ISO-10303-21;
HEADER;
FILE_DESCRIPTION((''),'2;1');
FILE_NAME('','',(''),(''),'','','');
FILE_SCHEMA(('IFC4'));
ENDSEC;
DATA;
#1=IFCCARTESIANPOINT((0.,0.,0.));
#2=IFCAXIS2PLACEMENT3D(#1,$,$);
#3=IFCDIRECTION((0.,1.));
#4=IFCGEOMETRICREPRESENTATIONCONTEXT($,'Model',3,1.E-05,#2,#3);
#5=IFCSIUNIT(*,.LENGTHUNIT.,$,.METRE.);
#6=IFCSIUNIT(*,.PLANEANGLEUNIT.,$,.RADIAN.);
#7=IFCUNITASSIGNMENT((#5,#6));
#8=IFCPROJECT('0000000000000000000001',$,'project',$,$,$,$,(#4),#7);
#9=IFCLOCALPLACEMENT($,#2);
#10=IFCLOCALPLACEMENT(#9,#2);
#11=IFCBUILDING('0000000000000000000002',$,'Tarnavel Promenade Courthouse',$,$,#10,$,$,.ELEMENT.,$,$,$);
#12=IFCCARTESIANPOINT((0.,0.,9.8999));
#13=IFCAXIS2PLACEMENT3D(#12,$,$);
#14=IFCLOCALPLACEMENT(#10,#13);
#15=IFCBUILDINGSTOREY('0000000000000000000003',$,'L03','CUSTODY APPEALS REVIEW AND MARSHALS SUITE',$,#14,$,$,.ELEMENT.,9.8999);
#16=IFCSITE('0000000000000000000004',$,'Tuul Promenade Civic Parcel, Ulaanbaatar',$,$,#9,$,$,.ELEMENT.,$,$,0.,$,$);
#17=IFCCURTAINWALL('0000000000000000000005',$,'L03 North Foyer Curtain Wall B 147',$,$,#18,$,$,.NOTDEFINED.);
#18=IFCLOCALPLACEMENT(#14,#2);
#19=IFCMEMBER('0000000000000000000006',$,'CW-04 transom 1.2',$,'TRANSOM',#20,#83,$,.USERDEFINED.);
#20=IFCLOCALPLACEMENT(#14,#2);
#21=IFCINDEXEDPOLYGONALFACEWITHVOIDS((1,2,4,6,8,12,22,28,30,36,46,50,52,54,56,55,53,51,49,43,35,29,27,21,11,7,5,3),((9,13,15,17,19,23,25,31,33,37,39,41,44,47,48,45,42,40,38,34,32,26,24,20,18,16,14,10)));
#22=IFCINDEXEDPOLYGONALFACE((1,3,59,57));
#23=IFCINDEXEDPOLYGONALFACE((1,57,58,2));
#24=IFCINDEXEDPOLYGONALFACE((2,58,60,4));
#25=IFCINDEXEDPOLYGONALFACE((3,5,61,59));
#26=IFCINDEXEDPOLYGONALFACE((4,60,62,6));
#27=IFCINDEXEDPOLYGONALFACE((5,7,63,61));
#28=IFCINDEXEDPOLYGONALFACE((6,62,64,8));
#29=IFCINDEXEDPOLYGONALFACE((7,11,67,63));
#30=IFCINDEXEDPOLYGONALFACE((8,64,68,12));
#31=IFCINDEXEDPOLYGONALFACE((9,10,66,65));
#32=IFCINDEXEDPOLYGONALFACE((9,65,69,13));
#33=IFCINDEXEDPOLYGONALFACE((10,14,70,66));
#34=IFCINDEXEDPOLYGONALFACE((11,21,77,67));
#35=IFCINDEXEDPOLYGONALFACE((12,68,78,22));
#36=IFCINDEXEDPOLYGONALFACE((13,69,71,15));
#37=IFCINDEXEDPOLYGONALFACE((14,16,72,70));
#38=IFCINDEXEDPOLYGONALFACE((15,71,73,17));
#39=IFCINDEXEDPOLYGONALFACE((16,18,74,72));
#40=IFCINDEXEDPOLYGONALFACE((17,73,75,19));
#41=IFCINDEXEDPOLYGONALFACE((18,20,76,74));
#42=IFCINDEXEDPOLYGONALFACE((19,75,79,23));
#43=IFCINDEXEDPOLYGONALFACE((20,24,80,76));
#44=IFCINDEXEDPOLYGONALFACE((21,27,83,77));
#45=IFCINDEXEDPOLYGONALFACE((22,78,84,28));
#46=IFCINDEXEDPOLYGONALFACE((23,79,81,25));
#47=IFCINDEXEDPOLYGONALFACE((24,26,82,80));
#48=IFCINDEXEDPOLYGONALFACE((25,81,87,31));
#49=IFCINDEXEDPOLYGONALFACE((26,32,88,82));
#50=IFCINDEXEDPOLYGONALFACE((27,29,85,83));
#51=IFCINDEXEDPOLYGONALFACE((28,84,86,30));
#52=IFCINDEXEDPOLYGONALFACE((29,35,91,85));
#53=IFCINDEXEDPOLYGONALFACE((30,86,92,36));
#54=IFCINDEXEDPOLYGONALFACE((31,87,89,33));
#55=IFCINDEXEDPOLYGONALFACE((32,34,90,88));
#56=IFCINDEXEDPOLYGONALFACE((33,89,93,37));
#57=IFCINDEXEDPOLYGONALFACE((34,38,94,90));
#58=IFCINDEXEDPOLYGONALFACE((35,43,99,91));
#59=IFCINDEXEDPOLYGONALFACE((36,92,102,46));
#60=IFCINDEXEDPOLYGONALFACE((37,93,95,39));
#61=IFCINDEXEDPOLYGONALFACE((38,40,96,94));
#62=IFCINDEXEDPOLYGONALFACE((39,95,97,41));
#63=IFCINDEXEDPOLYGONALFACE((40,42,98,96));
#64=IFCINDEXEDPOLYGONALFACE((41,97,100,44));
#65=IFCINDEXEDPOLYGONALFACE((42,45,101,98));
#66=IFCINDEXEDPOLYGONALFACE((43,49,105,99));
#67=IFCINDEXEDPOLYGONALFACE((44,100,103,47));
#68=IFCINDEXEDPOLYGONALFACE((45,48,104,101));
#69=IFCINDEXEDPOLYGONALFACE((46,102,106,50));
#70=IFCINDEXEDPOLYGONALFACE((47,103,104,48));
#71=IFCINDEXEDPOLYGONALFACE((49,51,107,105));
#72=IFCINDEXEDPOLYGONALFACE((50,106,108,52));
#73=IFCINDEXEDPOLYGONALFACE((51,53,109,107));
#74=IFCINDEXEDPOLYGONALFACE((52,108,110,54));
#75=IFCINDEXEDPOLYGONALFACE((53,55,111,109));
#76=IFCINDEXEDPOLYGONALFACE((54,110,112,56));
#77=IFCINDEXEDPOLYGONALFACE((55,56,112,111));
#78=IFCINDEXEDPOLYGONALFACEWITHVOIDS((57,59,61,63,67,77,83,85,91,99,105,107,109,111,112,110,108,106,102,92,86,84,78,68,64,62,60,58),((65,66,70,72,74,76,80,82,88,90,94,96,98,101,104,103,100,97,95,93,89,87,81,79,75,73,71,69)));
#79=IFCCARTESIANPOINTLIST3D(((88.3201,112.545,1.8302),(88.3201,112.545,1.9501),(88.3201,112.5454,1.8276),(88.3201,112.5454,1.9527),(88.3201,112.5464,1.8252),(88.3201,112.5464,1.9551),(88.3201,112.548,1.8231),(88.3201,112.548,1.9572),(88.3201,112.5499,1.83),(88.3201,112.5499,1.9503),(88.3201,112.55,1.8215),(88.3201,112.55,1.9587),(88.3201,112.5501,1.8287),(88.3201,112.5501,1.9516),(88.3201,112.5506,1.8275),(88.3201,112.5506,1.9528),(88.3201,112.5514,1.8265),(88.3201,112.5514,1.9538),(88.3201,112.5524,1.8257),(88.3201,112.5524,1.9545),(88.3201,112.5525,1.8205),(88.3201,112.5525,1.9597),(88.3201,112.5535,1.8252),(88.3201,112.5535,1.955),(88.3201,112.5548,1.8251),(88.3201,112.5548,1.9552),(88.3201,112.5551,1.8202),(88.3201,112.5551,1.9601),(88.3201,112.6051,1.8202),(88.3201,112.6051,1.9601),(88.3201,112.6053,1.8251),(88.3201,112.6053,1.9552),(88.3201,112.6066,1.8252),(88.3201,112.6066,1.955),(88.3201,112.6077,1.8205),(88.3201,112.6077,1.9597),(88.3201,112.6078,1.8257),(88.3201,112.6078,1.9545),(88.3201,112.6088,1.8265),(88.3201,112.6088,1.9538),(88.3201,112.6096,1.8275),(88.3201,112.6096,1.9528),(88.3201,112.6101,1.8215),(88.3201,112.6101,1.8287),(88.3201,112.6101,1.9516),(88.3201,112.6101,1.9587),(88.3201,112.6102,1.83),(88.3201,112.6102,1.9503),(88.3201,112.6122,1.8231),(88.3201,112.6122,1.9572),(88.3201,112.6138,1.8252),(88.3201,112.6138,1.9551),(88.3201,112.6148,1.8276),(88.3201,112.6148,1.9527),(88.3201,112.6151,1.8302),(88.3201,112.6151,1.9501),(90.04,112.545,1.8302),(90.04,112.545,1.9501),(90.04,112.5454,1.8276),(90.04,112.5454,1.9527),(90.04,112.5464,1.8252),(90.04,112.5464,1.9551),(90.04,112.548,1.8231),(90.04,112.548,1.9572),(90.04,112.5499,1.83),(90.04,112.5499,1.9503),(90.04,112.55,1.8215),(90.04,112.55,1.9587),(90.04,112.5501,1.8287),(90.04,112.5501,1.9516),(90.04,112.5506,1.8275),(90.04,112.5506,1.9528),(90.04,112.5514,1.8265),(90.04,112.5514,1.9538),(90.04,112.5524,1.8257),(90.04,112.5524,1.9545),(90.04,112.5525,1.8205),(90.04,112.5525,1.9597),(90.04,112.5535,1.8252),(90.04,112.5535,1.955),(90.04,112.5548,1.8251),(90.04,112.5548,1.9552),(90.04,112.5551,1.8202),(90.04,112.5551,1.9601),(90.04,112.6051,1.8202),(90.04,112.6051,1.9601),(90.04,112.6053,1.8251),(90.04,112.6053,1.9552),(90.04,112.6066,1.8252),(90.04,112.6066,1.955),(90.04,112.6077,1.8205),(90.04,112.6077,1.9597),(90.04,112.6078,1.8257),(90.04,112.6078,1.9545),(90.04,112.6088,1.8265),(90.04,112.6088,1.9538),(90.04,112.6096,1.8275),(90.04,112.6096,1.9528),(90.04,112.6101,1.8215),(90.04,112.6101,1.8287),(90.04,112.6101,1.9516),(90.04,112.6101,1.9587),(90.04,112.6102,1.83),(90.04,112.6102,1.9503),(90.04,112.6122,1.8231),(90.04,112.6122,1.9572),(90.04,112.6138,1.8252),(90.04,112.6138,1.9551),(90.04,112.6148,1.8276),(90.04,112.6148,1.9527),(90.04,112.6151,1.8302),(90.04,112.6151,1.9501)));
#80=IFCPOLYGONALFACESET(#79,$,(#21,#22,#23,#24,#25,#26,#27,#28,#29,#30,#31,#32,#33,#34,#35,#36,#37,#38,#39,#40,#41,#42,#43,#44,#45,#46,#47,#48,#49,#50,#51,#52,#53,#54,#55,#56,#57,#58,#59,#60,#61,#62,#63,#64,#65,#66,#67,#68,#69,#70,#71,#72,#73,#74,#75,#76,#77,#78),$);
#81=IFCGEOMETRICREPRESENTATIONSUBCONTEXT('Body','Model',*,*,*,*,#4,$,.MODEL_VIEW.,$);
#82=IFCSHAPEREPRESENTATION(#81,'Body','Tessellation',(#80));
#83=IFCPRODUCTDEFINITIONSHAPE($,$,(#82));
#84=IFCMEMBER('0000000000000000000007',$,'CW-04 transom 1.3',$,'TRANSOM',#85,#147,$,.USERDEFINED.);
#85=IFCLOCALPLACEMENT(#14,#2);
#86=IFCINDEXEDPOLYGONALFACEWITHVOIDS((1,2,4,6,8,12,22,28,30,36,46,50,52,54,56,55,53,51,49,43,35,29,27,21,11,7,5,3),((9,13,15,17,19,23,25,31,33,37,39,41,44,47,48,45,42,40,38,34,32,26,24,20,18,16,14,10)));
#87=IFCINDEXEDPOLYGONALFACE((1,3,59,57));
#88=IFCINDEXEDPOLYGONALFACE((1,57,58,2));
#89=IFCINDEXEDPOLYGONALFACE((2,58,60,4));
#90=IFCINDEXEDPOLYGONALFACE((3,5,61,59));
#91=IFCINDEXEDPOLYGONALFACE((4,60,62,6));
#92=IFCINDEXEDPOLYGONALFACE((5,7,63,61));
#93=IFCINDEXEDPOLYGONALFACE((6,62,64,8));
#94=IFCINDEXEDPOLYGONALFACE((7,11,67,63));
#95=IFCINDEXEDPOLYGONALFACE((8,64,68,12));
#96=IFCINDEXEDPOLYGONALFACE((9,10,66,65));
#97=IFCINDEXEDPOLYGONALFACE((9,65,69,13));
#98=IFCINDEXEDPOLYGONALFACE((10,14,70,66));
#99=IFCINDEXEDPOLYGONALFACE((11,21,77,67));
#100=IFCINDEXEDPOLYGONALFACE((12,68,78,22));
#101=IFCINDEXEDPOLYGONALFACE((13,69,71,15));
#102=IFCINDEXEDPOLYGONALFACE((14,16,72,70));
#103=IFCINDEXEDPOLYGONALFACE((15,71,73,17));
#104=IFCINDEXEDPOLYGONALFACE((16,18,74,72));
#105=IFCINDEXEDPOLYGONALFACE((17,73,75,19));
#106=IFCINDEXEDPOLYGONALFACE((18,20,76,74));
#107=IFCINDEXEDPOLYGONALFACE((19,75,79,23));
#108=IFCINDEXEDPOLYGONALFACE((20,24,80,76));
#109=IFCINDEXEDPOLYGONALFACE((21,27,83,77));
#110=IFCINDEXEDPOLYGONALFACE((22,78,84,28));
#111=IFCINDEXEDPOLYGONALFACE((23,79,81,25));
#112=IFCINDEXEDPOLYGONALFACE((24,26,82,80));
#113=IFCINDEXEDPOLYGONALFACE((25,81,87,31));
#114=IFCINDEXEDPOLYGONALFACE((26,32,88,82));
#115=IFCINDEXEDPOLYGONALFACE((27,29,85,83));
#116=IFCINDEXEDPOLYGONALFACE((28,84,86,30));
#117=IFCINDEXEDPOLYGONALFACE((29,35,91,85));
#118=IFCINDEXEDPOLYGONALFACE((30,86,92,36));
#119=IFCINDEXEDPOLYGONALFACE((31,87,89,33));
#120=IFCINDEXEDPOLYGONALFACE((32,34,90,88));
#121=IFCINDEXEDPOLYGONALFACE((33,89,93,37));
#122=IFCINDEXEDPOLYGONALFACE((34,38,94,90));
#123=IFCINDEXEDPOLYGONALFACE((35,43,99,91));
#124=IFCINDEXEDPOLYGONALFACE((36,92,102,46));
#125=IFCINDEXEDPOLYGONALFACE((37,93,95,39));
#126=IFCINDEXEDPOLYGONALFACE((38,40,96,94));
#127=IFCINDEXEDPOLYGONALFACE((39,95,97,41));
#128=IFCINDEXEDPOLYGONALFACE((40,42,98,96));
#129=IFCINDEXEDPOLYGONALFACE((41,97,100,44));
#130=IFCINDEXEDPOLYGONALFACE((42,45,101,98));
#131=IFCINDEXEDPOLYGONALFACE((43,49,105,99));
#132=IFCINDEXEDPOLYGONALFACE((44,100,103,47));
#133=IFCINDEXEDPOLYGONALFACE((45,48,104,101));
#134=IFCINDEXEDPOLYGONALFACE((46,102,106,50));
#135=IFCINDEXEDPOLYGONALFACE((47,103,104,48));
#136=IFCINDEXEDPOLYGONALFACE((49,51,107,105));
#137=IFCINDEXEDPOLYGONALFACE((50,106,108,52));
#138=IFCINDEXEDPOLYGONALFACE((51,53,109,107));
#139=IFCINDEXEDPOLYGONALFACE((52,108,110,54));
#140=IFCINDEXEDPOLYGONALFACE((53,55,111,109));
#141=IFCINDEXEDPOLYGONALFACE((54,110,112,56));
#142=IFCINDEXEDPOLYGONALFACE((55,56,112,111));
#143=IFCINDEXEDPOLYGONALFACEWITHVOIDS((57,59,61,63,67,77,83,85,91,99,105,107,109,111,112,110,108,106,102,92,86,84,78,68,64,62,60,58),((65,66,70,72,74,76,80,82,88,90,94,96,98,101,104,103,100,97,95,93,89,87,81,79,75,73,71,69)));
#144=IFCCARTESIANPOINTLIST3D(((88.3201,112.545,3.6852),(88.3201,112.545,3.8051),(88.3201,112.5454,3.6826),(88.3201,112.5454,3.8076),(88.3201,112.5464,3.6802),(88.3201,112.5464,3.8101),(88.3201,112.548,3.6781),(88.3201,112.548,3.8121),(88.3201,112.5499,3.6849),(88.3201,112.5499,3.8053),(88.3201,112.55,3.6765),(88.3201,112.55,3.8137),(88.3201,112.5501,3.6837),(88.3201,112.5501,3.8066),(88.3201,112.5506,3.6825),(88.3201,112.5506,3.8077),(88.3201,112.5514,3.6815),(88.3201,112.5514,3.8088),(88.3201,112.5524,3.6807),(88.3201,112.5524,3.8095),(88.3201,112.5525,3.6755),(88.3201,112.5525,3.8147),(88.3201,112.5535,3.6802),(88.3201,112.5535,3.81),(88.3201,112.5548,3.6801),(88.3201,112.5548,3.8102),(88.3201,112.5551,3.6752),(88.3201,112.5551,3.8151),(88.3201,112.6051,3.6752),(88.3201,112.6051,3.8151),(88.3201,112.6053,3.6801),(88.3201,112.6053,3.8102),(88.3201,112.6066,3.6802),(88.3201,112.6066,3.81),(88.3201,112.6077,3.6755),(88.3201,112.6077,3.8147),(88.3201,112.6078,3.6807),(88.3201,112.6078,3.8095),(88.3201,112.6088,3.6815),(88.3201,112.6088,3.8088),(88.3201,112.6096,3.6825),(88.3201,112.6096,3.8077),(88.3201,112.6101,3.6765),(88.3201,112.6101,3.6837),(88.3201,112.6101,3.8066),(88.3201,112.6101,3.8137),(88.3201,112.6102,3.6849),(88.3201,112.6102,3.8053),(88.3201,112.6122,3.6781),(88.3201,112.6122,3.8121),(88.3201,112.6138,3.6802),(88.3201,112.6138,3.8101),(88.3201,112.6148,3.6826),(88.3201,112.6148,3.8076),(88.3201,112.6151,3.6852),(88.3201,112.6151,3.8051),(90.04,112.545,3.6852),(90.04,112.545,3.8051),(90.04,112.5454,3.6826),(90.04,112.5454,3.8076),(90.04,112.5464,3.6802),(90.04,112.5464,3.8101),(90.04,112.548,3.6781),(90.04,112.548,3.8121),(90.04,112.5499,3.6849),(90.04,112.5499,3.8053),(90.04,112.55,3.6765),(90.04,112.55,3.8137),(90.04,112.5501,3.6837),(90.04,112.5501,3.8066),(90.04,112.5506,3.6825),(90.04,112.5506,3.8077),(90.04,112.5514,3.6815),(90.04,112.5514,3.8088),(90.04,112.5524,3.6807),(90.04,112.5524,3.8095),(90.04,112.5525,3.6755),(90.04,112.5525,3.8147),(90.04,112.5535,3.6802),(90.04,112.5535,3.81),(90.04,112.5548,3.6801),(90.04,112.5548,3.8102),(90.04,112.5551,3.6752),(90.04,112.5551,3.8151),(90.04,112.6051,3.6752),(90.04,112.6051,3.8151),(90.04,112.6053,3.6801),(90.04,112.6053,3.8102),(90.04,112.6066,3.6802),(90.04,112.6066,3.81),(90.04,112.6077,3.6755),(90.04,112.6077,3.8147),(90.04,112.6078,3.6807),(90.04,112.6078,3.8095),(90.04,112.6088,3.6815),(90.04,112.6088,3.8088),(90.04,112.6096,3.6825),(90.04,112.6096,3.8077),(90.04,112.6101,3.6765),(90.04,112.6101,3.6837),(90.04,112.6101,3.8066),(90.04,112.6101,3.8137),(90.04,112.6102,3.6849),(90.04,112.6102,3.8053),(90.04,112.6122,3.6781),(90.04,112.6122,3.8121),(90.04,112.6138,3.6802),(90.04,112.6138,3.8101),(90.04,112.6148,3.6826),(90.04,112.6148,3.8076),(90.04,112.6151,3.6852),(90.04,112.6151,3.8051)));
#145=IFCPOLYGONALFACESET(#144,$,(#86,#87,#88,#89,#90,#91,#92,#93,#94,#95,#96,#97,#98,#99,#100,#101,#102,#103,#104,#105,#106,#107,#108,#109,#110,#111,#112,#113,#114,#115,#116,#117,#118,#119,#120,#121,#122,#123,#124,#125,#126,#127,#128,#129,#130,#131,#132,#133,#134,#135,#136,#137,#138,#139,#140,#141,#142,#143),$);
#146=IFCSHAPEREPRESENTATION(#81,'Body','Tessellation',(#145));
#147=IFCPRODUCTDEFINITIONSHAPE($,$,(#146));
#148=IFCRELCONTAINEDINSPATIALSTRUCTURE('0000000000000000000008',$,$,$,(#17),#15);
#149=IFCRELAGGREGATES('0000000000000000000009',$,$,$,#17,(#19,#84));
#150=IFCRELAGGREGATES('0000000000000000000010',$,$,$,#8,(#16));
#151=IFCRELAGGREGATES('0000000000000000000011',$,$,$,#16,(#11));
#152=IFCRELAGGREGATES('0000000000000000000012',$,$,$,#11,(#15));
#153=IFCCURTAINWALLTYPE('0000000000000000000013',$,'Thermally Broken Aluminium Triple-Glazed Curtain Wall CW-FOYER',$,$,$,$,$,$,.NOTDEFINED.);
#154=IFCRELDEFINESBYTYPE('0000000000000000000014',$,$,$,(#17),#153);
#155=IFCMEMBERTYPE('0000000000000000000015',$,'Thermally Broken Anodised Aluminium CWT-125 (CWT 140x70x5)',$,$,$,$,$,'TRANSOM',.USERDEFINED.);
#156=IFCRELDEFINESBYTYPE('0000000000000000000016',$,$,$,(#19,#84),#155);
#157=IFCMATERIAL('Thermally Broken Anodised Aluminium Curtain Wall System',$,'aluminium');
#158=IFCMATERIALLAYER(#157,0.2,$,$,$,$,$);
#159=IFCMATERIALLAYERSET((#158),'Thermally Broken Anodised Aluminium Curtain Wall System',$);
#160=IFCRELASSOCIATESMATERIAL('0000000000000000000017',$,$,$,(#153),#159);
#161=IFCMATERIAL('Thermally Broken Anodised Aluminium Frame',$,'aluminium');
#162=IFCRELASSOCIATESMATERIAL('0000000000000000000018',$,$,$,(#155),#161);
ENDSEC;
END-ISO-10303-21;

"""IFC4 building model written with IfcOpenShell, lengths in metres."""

from ifc_helpers import new_model, si_unit, direction, frame, origin, origin_2d, place, context, subcontext, project, spatial, hollow_rectangle, extrude, material, layer, layer_set, material_profile, profile_set, type_object, element, aggregate, save


model = new_model("IFC4")

# Units and contexts
model_context = context("Model", 3, precision=1e-05, world=origin(), true_north=direction((0.0, 1.0)))
body_context = subcontext(model_context, "Body", "Model", "MODEL_VIEW")
ifc_project = project(units=[si_unit("LENGTHUNIT", "METRE"), si_unit("PLANEANGLEUNIT", "RADIAN")], contexts=[model_context])

# Site, building, storey
site_placement = place(None, origin())
site = spatial("IfcSite", under=ifc_project, at=site_placement, Name="Tuul Promenade Civic Parcel, Ulaanbaatar", CompositionType="ELEMENT", RefElevation=0.0)
building_placement = place(site_placement, origin())
building = spatial("IfcBuilding", under=site, at=building_placement, Name="Tarnavel Promenade Courthouse", CompositionType="ELEMENT")
storey_placement = place(building_placement, frame((0.0, 0.0, 9.8999)))
storey = spatial("IfcBuildingStorey", under=building, at=storey_placement, Name="L03", Description="CUSTODY APPEALS REVIEW AND MARSHALS SUITE", CompositionType="ELEMENT", Elevation=9.8999)

# Curtain wall
ifc_material_1 = material(Name="Thermally Broken Anodised Aluminium Curtain Wall System", Category="aluminium")
ifc_layer_1 = layer(ifc_material_1, 0.2)
ifc_layer_set_1 = layer_set([ifc_layer_1], Name="Thermally Broken Anodised Aluminium Curtain Wall System")
curtain_wall_type = type_object("IfcCurtainWallType", Name="Thermally Broken Aluminium Triple-Glazed Curtain Wall CW-FOYER", PredefinedType="NOTDEFINED", material=ifc_layer_set_1)
ifc_material_2 = material(Name="Thermally Broken Anodised Aluminium Frame", Category="aluminium")
curtain_wall_1_placement = place(storey_placement, origin())
curtain_wall_1 = element("IfcCurtainWall", 1, at=curtain_wall_1_placement, inside=storey, type_object=curtain_wall_type, Name="L03 North Foyer Curtain Wall B 147", PredefinedType="NOTDEFINED")

# Members
ifc_material_profile_1 = material_profile(ifc_material_2, hollow_rectangle(XDim=0.0701, YDim=0.1399, WallThickness=0.0049, InnerFilletRadius=0.0049, OuterFilletRadius=0.01, at=origin_2d()), Name="CWT 140x70x5")
ifc_profile_set_1 = profile_set([ifc_material_profile_1], Name="Thermally Broken Anodised Aluminium Frame")
member_type_1 = type_object("IfcMemberType", Name="Thermally Broken Anodised Aluminium CWT-125 (CWT 140x70x5)", ElementType="TRANSOM", PredefinedType="USERDEFINED", material=ifc_profile_set_1)
member_1_placement = place(storey_placement, frame((88.3201, 112.5801, 1.8901), z_axis=(1.0, 0.0, 0.0), x_axis=(0.0, 1.0, 0.0)))
member_1 = element("IfcMember", 2, at=member_1_placement, type_object=member_type_1, Name="CW-04 transom 1.2", ObjectType="TRANSOM", PredefinedType="USERDEFINED", context=body_context, shape_type="SweptSolid", body=[
    extrude(hollow_rectangle(XDim=0.0701, YDim=0.1399, WallThickness=0.0049, InnerFilletRadius=0.0049, OuterFilletRadius=0.01, at=origin_2d()), origin(), (0.0, 0.0, 1.0), 1.72),
])
member_2_placement = place(storey_placement, frame((88.3201, 112.5801, 3.7451), z_axis=(1.0, 0.0, 0.0), x_axis=(0.0, 1.0, 0.0)))
member_2 = element("IfcMember", 3, at=member_2_placement, type_object=member_type_1, Name="CW-04 transom 1.3", ObjectType="TRANSOM", PredefinedType="USERDEFINED", context=body_context, shape_type="SweptSolid", body=[
    extrude(hollow_rectangle(XDim=0.0701, YDim=0.1399, WallThickness=0.0049, InnerFilletRadius=0.0049, OuterFilletRadius=0.01, at=origin_2d()), origin(), (0.0, 0.0, 1.0), 1.72),
])

aggregate(curtain_wall_1, [member_1, member_2])

save(model, "model.ifc")
